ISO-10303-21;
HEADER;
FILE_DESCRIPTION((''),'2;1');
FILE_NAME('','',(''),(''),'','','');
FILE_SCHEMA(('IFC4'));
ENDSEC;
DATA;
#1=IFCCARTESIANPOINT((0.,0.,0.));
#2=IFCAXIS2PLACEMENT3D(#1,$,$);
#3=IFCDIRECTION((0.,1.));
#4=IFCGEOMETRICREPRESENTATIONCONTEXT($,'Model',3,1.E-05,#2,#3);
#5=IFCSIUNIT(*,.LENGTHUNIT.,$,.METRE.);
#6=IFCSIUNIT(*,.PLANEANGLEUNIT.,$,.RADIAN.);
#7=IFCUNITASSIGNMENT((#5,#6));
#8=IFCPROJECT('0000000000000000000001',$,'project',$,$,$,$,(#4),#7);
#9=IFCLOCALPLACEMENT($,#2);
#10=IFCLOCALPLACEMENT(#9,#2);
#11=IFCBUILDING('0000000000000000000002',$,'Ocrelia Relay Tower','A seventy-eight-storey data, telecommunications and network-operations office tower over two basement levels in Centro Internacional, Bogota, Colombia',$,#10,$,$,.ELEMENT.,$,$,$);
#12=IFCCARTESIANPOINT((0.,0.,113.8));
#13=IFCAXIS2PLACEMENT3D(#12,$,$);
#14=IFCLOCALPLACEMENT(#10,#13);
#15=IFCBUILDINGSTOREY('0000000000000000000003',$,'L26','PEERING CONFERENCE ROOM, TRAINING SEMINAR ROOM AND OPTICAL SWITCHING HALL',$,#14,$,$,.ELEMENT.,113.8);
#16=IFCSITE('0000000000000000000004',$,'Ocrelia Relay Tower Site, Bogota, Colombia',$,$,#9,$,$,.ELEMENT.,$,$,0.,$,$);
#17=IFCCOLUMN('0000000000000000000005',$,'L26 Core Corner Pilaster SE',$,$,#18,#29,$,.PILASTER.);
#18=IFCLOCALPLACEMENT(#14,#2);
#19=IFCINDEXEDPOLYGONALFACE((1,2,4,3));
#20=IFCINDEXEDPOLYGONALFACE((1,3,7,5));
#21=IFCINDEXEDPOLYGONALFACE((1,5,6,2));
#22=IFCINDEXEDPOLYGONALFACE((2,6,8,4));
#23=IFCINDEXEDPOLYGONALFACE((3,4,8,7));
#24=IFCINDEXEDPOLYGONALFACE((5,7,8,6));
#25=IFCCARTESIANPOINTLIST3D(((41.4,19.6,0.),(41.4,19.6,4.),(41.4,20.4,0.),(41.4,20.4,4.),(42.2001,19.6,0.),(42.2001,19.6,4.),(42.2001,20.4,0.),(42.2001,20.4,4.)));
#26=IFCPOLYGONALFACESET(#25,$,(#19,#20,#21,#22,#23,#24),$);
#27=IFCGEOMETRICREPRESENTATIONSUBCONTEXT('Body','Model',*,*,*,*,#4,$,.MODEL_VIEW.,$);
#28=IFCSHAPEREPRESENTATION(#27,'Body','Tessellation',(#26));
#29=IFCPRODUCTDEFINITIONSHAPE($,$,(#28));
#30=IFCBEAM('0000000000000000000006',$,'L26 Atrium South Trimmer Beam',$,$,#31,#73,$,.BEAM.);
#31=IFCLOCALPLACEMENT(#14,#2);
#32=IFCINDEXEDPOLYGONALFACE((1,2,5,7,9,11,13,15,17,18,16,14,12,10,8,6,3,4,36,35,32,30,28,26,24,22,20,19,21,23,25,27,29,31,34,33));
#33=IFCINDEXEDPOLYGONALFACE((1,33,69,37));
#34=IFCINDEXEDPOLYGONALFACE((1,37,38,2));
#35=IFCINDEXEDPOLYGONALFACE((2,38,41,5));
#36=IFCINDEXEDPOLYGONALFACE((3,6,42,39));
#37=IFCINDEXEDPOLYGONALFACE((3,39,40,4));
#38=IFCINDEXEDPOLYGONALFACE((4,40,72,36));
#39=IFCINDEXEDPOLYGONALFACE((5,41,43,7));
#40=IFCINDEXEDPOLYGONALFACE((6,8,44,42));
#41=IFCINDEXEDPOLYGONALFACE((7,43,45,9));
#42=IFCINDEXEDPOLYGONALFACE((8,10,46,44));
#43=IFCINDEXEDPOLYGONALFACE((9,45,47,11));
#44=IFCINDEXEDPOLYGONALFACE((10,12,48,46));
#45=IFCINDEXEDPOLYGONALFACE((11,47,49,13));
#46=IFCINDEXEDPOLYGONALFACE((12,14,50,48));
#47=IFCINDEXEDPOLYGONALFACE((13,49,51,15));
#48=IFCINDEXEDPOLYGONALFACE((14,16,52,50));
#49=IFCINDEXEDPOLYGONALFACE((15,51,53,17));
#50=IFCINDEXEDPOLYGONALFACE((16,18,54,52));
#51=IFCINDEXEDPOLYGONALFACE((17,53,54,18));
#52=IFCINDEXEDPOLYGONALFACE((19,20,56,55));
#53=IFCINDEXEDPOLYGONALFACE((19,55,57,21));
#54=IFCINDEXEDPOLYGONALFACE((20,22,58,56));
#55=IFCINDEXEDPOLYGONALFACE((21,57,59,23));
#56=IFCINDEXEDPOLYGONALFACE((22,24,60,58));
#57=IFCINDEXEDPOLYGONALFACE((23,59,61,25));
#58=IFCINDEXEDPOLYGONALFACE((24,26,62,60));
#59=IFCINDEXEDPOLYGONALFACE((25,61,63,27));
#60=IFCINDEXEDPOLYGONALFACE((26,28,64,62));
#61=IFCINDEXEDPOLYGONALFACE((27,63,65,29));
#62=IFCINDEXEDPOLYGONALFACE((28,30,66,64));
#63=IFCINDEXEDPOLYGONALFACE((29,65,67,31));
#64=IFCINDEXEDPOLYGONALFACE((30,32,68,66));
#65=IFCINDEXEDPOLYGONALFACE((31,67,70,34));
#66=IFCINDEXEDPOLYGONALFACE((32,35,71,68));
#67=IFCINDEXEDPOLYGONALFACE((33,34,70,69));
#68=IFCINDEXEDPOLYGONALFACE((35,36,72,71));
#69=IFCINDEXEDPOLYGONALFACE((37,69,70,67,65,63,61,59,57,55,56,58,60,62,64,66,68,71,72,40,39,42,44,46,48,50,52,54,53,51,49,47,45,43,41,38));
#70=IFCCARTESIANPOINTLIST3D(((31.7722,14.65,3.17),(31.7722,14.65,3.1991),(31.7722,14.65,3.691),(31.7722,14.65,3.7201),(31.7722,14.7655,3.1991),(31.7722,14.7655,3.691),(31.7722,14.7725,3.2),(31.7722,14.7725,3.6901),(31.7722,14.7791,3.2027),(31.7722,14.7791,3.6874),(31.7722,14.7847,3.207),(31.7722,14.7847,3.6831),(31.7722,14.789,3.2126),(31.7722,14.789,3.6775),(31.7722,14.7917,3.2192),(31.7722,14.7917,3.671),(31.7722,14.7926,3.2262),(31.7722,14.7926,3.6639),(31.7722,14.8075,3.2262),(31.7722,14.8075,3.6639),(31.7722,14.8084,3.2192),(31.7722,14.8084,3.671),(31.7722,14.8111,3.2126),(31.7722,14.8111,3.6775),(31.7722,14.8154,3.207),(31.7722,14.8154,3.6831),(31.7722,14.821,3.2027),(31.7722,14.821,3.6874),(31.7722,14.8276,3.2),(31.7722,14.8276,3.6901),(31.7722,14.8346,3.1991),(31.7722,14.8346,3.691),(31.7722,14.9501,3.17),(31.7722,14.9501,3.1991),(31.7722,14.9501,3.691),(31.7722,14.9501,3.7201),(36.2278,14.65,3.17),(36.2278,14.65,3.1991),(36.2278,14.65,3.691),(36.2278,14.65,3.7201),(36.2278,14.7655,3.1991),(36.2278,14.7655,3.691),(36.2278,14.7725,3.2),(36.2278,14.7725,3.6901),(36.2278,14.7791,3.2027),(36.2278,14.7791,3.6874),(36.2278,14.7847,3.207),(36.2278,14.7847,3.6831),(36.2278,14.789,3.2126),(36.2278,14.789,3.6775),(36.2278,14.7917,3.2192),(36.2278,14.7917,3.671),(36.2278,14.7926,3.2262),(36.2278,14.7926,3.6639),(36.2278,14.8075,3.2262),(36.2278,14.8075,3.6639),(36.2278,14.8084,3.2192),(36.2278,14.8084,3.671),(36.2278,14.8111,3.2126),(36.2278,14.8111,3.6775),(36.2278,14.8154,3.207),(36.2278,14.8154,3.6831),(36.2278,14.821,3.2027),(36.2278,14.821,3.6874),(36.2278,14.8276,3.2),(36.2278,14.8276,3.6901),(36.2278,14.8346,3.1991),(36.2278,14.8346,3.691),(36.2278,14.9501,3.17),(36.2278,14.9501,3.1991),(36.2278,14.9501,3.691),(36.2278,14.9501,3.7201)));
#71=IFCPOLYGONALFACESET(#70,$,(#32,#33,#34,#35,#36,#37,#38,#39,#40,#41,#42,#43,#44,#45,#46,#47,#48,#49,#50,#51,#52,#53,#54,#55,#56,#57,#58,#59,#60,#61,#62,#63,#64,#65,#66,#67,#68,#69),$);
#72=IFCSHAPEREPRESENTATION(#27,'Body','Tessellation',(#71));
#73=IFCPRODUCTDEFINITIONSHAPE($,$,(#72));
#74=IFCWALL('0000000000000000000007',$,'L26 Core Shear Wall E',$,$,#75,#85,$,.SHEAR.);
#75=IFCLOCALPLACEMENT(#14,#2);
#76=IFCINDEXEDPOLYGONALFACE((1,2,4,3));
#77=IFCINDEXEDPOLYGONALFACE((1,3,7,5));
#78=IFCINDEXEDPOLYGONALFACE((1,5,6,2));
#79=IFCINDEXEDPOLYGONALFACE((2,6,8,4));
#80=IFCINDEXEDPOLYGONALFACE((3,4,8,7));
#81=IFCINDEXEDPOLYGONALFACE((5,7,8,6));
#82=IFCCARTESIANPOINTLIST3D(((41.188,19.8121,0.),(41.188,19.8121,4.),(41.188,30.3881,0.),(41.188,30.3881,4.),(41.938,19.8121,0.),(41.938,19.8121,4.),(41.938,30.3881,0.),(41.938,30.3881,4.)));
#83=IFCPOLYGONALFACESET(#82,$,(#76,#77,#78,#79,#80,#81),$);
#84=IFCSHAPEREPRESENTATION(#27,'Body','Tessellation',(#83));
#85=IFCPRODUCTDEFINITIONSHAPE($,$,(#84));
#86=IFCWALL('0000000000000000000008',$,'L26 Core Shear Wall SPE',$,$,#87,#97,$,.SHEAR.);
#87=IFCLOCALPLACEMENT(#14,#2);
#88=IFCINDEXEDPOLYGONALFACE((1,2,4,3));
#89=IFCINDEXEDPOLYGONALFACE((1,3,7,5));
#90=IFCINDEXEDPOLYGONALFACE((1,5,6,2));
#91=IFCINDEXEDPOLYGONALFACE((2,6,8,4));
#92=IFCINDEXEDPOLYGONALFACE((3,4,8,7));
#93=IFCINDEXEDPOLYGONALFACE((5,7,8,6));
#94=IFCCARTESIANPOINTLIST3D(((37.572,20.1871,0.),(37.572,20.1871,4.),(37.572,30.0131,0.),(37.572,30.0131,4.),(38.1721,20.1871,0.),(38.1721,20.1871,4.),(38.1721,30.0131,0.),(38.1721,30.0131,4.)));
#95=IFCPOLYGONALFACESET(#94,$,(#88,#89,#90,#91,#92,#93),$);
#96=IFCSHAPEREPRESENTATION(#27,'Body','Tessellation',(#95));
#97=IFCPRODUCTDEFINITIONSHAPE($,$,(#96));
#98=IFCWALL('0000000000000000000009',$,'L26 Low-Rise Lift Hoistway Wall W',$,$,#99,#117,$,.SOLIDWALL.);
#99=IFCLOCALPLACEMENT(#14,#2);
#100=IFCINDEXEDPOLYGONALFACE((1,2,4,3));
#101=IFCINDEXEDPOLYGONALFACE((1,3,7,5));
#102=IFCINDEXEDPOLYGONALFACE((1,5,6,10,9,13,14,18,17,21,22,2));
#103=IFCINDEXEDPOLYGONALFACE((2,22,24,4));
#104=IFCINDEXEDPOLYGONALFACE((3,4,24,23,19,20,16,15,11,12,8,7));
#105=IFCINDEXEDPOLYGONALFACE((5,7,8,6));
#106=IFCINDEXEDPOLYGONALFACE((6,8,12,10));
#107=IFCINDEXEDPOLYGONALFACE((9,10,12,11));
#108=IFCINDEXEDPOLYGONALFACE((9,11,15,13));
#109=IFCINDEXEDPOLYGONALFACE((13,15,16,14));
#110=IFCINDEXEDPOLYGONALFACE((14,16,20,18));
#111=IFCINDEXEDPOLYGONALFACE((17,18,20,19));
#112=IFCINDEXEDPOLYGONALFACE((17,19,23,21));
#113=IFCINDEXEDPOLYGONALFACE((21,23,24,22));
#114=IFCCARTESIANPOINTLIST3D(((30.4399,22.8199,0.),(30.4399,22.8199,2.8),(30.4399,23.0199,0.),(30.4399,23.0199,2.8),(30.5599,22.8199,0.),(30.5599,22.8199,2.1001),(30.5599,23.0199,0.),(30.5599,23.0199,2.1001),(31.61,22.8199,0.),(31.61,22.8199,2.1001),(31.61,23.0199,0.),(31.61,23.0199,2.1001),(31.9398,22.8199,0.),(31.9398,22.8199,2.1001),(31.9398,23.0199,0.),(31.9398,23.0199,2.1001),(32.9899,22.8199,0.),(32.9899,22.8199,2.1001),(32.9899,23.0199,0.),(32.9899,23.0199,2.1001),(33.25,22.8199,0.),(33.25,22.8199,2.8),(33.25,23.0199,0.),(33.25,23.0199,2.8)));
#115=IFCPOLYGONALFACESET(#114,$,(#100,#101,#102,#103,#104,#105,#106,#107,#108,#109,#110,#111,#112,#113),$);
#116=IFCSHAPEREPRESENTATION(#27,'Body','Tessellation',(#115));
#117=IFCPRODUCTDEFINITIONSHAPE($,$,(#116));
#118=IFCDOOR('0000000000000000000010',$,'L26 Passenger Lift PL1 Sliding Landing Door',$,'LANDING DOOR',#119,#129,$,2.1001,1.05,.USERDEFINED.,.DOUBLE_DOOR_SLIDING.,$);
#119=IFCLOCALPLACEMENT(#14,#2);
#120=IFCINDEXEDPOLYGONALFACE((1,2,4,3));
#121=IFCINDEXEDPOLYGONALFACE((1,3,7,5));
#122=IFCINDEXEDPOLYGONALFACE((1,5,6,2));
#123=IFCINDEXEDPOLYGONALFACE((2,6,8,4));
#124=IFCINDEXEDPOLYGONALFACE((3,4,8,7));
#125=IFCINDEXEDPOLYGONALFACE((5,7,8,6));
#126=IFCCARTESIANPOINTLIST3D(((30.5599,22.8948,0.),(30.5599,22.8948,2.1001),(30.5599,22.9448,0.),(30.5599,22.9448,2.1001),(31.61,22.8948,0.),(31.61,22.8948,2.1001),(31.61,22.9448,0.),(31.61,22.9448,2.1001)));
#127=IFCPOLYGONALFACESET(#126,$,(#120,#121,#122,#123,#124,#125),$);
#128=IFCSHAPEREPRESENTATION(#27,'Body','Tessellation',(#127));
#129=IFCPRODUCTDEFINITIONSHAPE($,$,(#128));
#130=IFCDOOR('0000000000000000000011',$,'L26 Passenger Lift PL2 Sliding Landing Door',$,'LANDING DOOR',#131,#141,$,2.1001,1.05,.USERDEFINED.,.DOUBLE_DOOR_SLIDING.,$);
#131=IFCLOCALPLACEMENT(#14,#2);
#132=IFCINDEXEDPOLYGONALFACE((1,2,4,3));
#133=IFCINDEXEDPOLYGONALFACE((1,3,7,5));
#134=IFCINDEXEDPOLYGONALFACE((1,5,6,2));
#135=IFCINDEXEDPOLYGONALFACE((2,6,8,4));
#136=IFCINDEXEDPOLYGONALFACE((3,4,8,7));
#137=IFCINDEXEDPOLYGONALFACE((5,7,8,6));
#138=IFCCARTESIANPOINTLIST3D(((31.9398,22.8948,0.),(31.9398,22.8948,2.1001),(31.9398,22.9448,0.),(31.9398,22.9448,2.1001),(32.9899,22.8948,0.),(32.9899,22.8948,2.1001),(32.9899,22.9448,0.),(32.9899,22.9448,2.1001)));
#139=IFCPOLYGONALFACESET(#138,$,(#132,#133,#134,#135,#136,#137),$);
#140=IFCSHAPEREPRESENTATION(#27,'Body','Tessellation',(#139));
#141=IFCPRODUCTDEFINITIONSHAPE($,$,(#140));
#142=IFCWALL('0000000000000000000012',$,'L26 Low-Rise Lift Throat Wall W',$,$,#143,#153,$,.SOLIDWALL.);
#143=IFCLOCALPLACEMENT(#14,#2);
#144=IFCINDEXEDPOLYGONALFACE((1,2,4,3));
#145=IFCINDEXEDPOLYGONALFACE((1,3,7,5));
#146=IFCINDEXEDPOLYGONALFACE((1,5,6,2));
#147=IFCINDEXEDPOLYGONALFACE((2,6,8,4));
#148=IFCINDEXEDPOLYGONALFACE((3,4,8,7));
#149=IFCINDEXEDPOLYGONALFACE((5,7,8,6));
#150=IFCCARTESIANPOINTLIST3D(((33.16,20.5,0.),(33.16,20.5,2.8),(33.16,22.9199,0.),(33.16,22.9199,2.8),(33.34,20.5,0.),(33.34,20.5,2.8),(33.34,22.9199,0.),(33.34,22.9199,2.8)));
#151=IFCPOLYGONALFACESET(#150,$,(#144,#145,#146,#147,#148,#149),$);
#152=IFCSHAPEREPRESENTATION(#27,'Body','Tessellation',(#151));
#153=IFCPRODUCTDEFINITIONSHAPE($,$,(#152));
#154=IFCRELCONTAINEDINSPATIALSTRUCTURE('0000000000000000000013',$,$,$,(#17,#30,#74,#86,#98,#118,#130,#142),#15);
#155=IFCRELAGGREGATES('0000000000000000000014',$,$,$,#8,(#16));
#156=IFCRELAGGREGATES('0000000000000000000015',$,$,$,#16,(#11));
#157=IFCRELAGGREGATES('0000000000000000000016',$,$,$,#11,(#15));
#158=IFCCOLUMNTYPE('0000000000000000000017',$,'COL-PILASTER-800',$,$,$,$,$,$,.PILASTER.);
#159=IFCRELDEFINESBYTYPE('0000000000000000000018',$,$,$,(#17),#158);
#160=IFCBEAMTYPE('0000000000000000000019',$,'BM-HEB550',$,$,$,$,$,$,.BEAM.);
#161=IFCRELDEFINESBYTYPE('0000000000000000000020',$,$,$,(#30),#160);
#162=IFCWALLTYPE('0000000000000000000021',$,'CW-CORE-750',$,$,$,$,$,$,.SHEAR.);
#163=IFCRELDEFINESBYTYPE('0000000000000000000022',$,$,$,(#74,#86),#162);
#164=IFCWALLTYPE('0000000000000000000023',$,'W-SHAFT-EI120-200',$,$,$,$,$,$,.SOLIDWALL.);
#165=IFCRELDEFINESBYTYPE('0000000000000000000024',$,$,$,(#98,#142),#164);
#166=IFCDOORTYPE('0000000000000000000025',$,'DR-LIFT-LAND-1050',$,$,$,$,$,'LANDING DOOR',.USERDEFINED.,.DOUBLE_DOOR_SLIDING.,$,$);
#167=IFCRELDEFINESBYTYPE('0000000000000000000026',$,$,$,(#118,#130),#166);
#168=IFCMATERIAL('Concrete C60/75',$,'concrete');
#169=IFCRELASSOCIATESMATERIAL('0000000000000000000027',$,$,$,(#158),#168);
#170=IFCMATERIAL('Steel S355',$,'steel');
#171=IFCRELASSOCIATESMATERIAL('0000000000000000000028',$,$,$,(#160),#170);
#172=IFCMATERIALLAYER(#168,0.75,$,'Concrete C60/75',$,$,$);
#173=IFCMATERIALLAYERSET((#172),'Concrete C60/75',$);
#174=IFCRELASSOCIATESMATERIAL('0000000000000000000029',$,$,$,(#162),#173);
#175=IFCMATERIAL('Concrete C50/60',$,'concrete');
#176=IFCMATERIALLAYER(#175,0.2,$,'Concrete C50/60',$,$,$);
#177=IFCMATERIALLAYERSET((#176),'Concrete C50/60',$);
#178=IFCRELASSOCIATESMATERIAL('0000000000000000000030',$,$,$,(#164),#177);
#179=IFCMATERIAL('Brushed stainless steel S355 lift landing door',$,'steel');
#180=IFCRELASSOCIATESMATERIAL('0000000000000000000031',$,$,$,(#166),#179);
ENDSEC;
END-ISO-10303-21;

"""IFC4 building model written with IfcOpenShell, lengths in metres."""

from ifc_helpers import new_model, si_unit, direction, frame, frame_2d, origin, origin_2d, place, context, subcontext, project, spatial, rectangle, i_section, extrude, material, layer, layer_set, material_profile, profile_set, type_object, element, fill, save


model = new_model("IFC4")

# Units and contexts
model_context = context("Model", 3, precision=1e-05, world=origin(), true_north=direction((0.0, 1.0)))
body_context = subcontext(model_context, "Body", "Model", "MODEL_VIEW")
ifc_project = project(units=[si_unit("LENGTHUNIT", "METRE"), si_unit("PLANEANGLEUNIT", "RADIAN")], contexts=[model_context])

# Site, building, storey
site_placement = place(None, origin())
site = spatial("IfcSite", under=ifc_project, at=site_placement, Name="Ocrelia Relay Tower Site, Bogota, Colombia", CompositionType="ELEMENT", RefElevation=0.0)
building_placement = place(site_placement, origin())
building = spatial("IfcBuilding", under=site, at=building_placement, Name="Ocrelia Relay Tower", Description="A seventy-eight-storey data, telecommunications and network-operations office tower over two basement levels in Centro Internacional, Bogota, Colombia", CompositionType="ELEMENT")
storey_placement = place(building_placement, frame((0.0, 0.0, 113.8)))
storey = spatial("IfcBuildingStorey", under=building, at=storey_placement, Name="L26", Description="PEERING CONFERENCE ROOM, TRAINING SEMINAR ROOM AND OPTICAL SWITCHING HALL", CompositionType="ELEMENT", Elevation=113.8)

# Column
ifc_material_1 = material(Name="Concrete C60/75", Category="concrete")
ifc_material_profile_1 = material_profile(ifc_material_1, rectangle(XDim=0.8, YDim=0.8, at=origin_2d()), Name="RC-COL-800x800")
ifc_profile_set_1 = profile_set([ifc_material_profile_1], Name="Concrete C60/75")
column_type = type_object("IfcColumnType", Name="COL-PILASTER-800", PredefinedType="PILASTER", material=ifc_profile_set_1)
column_placement = place(storey_placement, frame((41.8, 20.0, 0.0), z_axis=(0.0, 0.0, 1.0), x_axis=(1.0, 0.0, 0.0)))
element("IfcColumn", 1, at=column_placement, inside=storey, type_object=column_type, Name="L26 Core Corner Pilaster SE", PredefinedType="PILASTER", context=body_context, shape_type="SweptSolid", body=[
    extrude(rectangle(XDim=0.8, YDim=0.8, at=origin_2d()), origin(), (0.0, 0.0, 1.0), 4.0),
])

# Beam
ifc_material_2 = material(Name="Steel S355", Category="steel")
ifc_material_profile_2 = material_profile(ifc_material_2, i_section(OverallWidth=0.3, OverallDepth=0.55, WebThickness=0.0149, FlangeThickness=0.0291, FilletRadius=0.0271, at=origin_2d()), Name="HEB 550")
ifc_profile_set_2 = profile_set([ifc_material_profile_2], Name="Steel S355")
beam_type = type_object("IfcBeamType", Name="BM-HEB550", PredefinedType="BEAM", material=ifc_profile_set_2)
beam_placement = place(storey_placement, frame((31.7722, 14.8, 3.4451), z_axis=(1.0, 0.0, 0.0), x_axis=(0.0, 1.0, 0.0)))
element("IfcBeam", 2, at=beam_placement, inside=storey, type_object=beam_type, Name="L26 Atrium South Trimmer Beam", PredefinedType="BEAM", context=body_context, shape_type="SweptSolid", body=[
    extrude(i_section(OverallWidth=0.3, OverallDepth=0.55, WebThickness=0.0149, FlangeThickness=0.0291, FilletRadius=0.0271, at=origin_2d()), origin(), (0.0, 0.0, 1.0), 4.4556),
])

# Walls
ifc_layer_1 = layer(ifc_material_1, 0.75, Name="Concrete C60/75")
ifc_layer_set_1 = layer_set([ifc_layer_1], Name="Concrete C60/75")
wall_type_1 = type_object("IfcWallType", Name="CW-CORE-750", PredefinedType="SHEAR", material=ifc_layer_set_1)
wall_1_placement = place(storey_placement, frame((41.563, 19.812, 0.0), z_axis=(0.0, 0.0, 1.0), x_axis=(0.0, 1.0, 0.0)))
element("IfcWall", 3, at=wall_1_placement, inside=storey, type_object=wall_type_1, Name="L26 Core Shear Wall E", PredefinedType="SHEAR", context=body_context, shape_type="SweptSolid", body=[
    extrude(rectangle(XDim=10.5759, YDim=0.75, at=frame_2d((5.2881, 0.0))), origin(), (0.0, 0.0, 1.0), 4.0),
])
wall_2_placement = place(storey_placement, frame((37.8721, 20.187, 0.0), z_axis=(0.0, 0.0, 1.0), x_axis=(0.0, 1.0, 0.0)))
element("IfcWall", 4, at=wall_2_placement, inside=storey, type_object=wall_type_1, Name="L26 Core Shear Wall SPE", PredefinedType="SHEAR", context=body_context, shape_type="SweptSolid", body=[
    extrude(rectangle(XDim=9.8259, YDim=0.6001, at=frame_2d((4.9131, 0.0))), origin(), (0.0, 0.0, 1.0), 4.0),
])

# Wall, openings, doors
ifc_material_3 = material(Name="Concrete C50/60", Category="concrete")
ifc_layer_2 = layer(ifc_material_3, 0.2, Name="Concrete C50/60")
ifc_layer_set_2 = layer_set([ifc_layer_2], Name="Concrete C50/60")
wall_type_2 = type_object("IfcWallType", Name="W-SHAFT-EI120-200", PredefinedType="SOLIDWALL", material=ifc_layer_set_2)
wall_3_placement = place(storey_placement, frame((30.4399, 22.9199, 0.0), z_axis=(0.0, 0.0, 1.0), x_axis=(1.0, 0.0, 0.0)))
wall_3 = element("IfcWall", 5, at=wall_3_placement, inside=storey, type_object=wall_type_2, Name="L26 Low-Rise Lift Hoistway Wall W", PredefinedType="SOLIDWALL", context=body_context, shape_type="SweptSolid", body=[
    extrude(rectangle(XDim=2.8101, YDim=0.2, at=frame_2d((1.405, 0.0))), origin(), (0.0, 0.0, 1.0), 2.8),
])
opening_1_placement = place(wall_3_placement, frame((0.1201, 0.0, 0.0)))
opening_1 = element("IfcOpeningElement", 6, at=opening_1_placement, cuts=wall_3, PredefinedType="OPENING", context=body_context, shape_type="SweptSolid", body=[
    extrude(rectangle(XDim=1.05, YDim=2.1001, at=frame_2d((0.5249, 1.05))), frame((0.0, 0.1099, 0.0), z_axis=(0.0, -1.0, 0.0), x_axis=(1.0, 0.0, 0.0)), (0.0, 0.0, 1.0), 0.22),
])
opening_2_placement = place(wall_3_placement, frame((1.5, 0.0, 0.0)))
opening_2 = element("IfcOpeningElement", 7, at=opening_2_placement, cuts=wall_3, PredefinedType="OPENING", context=body_context, shape_type="SweptSolid", body=[
    extrude(rectangle(XDim=1.05, YDim=2.1001, at=frame_2d((0.5249, 1.05))), frame((0.0, 0.1099, 0.0), z_axis=(0.0, -1.0, 0.0), x_axis=(1.0, 0.0, 0.0)), (0.0, 0.0, 1.0), 0.22),
])
ifc_material_4 = material(Name="Brushed stainless steel S355 lift landing door", Category="steel")
door_type = type_object("IfcDoorType", Name="DR-LIFT-LAND-1050", ElementType="LANDING DOOR", OperationType="DOUBLE_DOOR_SLIDING", PredefinedType="USERDEFINED", material=ifc_material_4)
door_1_placement = place(opening_1_placement, origin())
door_1 = element("IfcDoor", 8, at=door_1_placement, inside=storey, type_object=door_type, Name="L26 Passenger Lift PL1 Sliding Landing Door", ObjectType="LANDING DOOR", OperationType="DOUBLE_DOOR_SLIDING", OverallHeight=2.1001, OverallWidth=1.05, PredefinedType="USERDEFINED", context=body_context, shape_type="SweptSolid", body=[
    extrude(rectangle(XDim=1.05, YDim=2.1001, at=frame_2d((0.5249, 1.05))), frame((0.0, 0.0249, 0.0), z_axis=(0.0, -1.0, 0.0), x_axis=(1.0, 0.0, 0.0)), (0.0, 0.0, 1.0), 0.05),
])
fill(opening_1, door_1)
door_2_placement = place(opening_2_placement, origin())
door_2 = element("IfcDoor", 9, at=door_2_placement, inside=storey, type_object=door_type, Name="L26 Passenger Lift PL2 Sliding Landing Door", ObjectType="LANDING DOOR", OperationType="DOUBLE_DOOR_SLIDING", OverallHeight=2.1001, OverallWidth=1.05, PredefinedType="USERDEFINED", context=body_context, shape_type="SweptSolid", body=[
    extrude(rectangle(XDim=1.05, YDim=2.1001, at=frame_2d((0.5249, 1.05))), frame((0.0, 0.0249, 0.0), z_axis=(0.0, -1.0, 0.0), x_axis=(1.0, 0.0, 0.0)), (0.0, 0.0, 1.0), 0.05),
])
fill(opening_2, door_2)

# Wall
wall_4_placement = place(storey_placement, frame((33.25, 20.5, 0.0), z_axis=(0.0, 0.0, 1.0), x_axis=(0.0, 1.0, 0.0)))
element("IfcWall", 10, at=wall_4_placement, inside=storey, type_object=wall_type_2, Name="L26 Low-Rise Lift Throat Wall W", PredefinedType="SOLIDWALL", context=body_context, shape_type="SweptSolid", body=[
    extrude(rectangle(XDim=2.4199, YDim=0.1799, at=frame_2d((1.21, 0.0))), origin(), (0.0, 0.0, 1.0), 2.8),
])

save(model, "model.ifc")
